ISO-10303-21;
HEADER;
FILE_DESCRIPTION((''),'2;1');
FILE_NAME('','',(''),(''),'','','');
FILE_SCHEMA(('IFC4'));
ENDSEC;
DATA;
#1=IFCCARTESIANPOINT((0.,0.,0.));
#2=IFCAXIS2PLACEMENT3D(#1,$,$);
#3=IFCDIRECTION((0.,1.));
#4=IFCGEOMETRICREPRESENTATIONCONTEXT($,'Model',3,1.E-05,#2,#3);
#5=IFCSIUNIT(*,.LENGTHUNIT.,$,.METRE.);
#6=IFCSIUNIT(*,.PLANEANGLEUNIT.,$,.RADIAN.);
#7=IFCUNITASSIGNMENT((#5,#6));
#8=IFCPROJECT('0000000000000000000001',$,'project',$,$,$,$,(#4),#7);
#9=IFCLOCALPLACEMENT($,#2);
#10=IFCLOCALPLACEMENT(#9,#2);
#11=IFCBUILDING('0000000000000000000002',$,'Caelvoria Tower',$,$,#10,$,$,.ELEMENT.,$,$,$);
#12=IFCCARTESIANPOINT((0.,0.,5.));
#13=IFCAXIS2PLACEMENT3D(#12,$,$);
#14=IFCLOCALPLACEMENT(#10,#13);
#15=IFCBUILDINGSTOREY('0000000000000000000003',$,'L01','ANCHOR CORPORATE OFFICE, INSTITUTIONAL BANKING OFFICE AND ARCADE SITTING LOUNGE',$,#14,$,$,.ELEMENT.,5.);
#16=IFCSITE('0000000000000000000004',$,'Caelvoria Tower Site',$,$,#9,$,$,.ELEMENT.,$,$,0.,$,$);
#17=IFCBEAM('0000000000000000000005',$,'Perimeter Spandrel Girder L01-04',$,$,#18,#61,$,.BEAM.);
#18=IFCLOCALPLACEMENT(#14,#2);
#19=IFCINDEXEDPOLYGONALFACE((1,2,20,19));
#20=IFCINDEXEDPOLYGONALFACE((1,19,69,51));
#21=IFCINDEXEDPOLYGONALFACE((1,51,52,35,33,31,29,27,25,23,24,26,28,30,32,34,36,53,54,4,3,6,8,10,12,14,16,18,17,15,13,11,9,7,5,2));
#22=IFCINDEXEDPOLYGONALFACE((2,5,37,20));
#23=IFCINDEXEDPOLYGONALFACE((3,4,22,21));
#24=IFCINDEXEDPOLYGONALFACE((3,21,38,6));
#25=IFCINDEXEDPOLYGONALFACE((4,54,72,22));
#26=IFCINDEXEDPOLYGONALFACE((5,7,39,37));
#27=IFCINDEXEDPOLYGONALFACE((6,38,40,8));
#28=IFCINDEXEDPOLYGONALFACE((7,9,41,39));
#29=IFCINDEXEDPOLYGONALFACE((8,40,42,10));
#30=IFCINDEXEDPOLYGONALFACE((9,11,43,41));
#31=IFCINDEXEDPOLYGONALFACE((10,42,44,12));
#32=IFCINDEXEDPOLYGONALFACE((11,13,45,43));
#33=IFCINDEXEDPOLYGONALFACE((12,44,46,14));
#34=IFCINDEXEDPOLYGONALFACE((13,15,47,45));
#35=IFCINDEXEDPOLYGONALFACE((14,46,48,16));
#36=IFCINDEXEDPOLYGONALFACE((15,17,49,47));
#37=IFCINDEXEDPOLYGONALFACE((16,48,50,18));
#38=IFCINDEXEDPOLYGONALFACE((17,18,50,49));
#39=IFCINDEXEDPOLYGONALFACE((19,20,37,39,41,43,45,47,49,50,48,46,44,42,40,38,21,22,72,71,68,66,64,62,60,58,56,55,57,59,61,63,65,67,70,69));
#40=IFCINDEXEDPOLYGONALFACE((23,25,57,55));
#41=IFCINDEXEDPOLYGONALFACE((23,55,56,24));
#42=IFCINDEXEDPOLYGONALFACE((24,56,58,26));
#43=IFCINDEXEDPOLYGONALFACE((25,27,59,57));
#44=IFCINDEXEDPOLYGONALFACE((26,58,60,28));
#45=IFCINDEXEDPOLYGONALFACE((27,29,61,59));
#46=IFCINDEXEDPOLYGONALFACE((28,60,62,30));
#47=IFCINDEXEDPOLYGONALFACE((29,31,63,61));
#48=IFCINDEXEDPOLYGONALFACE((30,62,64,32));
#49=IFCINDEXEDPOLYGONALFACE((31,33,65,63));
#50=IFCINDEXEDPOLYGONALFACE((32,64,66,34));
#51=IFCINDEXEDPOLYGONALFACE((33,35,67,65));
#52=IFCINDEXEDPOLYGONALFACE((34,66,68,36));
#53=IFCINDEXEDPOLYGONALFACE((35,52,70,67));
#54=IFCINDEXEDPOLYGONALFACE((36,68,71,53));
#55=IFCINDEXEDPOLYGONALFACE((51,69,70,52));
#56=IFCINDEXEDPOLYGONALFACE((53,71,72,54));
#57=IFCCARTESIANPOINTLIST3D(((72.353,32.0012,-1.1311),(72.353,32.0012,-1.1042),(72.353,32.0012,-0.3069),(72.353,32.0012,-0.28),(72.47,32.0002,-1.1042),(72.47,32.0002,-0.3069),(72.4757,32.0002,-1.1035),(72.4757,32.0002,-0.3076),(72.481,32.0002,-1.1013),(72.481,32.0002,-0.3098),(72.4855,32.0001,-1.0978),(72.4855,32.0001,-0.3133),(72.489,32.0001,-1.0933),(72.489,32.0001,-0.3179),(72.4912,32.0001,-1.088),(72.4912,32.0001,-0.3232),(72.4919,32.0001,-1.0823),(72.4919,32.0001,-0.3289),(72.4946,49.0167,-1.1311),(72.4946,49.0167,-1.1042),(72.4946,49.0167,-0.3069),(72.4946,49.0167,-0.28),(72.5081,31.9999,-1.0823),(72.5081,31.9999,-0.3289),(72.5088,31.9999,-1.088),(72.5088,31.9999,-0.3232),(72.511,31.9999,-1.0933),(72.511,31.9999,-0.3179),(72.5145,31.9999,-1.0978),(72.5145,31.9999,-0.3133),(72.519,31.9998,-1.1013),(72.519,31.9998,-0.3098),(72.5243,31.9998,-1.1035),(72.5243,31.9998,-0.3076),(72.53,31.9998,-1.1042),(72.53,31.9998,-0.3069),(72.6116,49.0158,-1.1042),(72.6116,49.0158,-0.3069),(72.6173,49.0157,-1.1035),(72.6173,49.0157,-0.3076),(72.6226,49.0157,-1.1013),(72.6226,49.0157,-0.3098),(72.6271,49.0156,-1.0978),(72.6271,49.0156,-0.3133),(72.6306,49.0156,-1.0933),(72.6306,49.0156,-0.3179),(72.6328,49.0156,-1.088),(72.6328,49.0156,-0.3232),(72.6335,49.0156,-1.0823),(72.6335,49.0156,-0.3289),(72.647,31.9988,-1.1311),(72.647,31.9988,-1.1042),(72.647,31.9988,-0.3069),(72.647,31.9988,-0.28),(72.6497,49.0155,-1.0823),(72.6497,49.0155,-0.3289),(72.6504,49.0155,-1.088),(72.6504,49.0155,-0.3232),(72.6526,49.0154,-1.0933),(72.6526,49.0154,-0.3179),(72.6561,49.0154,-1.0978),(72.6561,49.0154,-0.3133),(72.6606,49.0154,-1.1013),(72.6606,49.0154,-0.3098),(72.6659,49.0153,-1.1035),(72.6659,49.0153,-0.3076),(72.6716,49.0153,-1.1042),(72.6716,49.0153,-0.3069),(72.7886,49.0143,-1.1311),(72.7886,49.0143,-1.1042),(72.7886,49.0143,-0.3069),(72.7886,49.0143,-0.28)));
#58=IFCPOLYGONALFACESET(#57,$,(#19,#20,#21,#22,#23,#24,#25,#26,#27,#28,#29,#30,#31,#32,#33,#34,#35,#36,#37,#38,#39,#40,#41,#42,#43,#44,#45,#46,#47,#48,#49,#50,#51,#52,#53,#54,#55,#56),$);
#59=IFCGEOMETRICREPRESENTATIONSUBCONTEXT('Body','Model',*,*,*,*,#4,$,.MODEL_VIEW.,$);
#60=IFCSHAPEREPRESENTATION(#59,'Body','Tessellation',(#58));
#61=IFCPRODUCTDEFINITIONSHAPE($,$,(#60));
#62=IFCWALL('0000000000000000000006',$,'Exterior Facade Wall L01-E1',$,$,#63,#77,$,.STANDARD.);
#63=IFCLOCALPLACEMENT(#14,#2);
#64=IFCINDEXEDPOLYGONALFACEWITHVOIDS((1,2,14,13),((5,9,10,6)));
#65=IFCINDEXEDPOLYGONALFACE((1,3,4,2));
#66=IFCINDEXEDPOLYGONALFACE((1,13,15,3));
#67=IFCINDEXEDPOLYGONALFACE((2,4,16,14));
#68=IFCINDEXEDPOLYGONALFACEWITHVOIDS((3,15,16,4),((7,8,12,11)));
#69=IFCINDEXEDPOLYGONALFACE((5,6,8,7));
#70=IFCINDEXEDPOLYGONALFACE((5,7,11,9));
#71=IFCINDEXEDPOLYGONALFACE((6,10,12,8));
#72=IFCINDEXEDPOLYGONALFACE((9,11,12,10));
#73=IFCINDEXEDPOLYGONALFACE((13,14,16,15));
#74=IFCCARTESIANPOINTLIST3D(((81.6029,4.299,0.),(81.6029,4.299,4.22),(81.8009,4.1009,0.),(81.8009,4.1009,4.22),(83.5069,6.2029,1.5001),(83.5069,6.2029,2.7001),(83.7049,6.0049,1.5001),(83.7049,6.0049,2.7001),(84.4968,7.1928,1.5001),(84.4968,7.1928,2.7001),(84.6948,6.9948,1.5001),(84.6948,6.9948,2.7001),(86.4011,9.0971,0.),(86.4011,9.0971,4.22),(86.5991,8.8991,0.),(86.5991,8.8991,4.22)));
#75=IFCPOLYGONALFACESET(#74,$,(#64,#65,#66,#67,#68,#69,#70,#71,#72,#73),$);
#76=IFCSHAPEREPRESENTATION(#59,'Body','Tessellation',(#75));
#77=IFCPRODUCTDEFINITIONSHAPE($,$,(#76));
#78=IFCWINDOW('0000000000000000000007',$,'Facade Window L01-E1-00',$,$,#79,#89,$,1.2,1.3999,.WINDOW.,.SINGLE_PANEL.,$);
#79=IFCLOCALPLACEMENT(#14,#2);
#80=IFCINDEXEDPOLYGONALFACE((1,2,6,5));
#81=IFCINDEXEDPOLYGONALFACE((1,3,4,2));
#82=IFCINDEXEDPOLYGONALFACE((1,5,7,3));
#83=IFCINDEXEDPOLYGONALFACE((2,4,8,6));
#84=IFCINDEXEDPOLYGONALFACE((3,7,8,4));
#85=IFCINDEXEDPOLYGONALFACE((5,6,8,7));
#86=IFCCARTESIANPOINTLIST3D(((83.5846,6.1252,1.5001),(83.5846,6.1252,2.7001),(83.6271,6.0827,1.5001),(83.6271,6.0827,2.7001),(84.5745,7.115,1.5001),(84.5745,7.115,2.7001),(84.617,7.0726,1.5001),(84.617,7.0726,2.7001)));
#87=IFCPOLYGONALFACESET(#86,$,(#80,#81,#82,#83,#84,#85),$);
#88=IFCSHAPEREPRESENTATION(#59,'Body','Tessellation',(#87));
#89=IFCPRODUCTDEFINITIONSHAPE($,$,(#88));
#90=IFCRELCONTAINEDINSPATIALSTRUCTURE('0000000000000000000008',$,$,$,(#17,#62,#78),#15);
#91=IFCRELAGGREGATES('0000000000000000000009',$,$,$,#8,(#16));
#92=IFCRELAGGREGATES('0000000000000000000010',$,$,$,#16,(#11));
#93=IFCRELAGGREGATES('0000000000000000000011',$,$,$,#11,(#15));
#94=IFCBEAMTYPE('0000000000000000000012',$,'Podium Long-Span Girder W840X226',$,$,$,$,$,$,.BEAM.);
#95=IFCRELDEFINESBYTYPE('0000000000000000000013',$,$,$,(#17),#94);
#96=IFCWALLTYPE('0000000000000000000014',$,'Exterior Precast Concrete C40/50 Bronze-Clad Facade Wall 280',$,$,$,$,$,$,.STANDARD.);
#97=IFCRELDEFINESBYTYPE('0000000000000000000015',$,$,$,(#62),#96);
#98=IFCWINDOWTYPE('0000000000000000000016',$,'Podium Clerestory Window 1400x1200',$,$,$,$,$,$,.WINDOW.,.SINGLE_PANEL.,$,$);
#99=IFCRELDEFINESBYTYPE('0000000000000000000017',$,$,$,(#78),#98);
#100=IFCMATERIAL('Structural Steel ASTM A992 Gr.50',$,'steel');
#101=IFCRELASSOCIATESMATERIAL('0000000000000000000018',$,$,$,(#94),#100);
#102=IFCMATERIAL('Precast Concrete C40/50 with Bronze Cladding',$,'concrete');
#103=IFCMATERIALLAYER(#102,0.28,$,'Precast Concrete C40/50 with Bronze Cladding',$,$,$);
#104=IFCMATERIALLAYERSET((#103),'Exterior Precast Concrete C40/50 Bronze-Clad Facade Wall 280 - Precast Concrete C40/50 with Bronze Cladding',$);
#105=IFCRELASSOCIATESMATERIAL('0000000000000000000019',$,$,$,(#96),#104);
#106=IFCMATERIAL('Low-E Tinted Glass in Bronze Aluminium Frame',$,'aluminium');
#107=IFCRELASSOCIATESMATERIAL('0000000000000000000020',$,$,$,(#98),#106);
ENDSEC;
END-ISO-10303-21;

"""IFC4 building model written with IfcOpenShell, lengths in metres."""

from ifc_helpers import new_model, si_unit, direction, frame, frame_2d, origin, origin_2d, place, context, subcontext, project, spatial, rectangle, i_section, extrude, material, layer, layer_set, material_profile, profile_set, type_object, element, fill, save


model = new_model("IFC4")

# Units and contexts
model_context = context("Model", 3, precision=1e-05, world=origin(), true_north=direction((0.0, 1.0)))
body_context = subcontext(model_context, "Body", "Model", "MODEL_VIEW")
ifc_project = project(units=[si_unit("LENGTHUNIT", "METRE"), si_unit("PLANEANGLEUNIT", "RADIAN")], contexts=[model_context])

# Site, building, storey
site_placement = place(None, origin())
site = spatial("IfcSite", under=ifc_project, at=site_placement, Name="Caelvoria Tower Site", CompositionType="ELEMENT", RefElevation=0.0)
building_placement = place(site_placement, origin())
building = spatial("IfcBuilding", under=site, at=building_placement, Name="Caelvoria Tower", CompositionType="ELEMENT")
storey_placement = place(building_placement, frame((0.0, 0.0, 5.0)))
storey = spatial("IfcBuildingStorey", under=building, at=storey_placement, Name="L01", Description="ANCHOR CORPORATE OFFICE, INSTITUTIONAL BANKING OFFICE AND ARCADE SITTING LOUNGE", CompositionType="ELEMENT", Elevation=5.0)

# Beam
ifc_material_1 = material(Name="Structural Steel ASTM A992 Gr.50", Category="steel")
ifc_material_profile_1 = material_profile(ifc_material_1, i_section(OverallWidth=0.2939, OverallDepth=0.8511, WebThickness=0.0161, FlangeThickness=0.0269, FilletRadius=0.022, at=origin_2d()), Name="Structural Steel ASTM A992 Gr.50")
ifc_profile_set_1 = profile_set([ifc_material_profile_1], Name="W840X226 - Structural Steel ASTM A992 Gr.50")
beam_type = type_object("IfcBeamType", Name="Podium Long-Span Girder W840X226", PredefinedType="BEAM", material=ifc_profile_set_1)
for number, where, z_axis, x_axis, name in (
    (1, (72.5, 32.0, -0.7056), (0.008322, 0.999965, 0.0), (-0.999965, 0.008322, 0.0), "Perimeter Spandrel Girder L01-04"),
):
    element("IfcBeam", number, at=place(storey_placement, frame(where, z_axis=z_axis, x_axis=x_axis)), inside=storey, type_object=beam_type, Name=name, PredefinedType="BEAM", context=body_context, shape_type="SweptSolid", body=[
        extrude(i_section(OverallWidth=0.2939, OverallDepth=0.8511, WebThickness=0.0161, FlangeThickness=0.0269, FilletRadius=0.022, at=origin_2d()), origin(), (0.0, 0.0, 1.0), 17.0161),
    ])

# Wall, opening, window
ifc_material_2 = material(Name="Precast Concrete C40/50 with Bronze Cladding", Category="concrete")
ifc_layer = layer(ifc_material_2, 0.28, Name="Precast Concrete C40/50 with Bronze Cladding")
ifc_layer_set = layer_set([ifc_layer], Name="Exterior Precast Concrete C40/50 Bronze-Clad Facade Wall 280 - Precast Concrete C40/50 with Bronze Cladding")
wall_type = type_object("IfcWallType", Name="Exterior Precast Concrete C40/50 Bronze-Clad Facade Wall 280", PredefinedType="STANDARD", material=ifc_layer_set)
wall_1_placement = place(storey_placement, frame((81.7019, 4.2, 0.0), z_axis=(0.0, 0.0, 1.0), x_axis=(0.707107, 0.707107, 0.0)))
wall_1 = element("IfcWall", 2, at=wall_1_placement, inside=storey, type_object=wall_type, Name="Exterior Facade Wall L01-E1", PredefinedType="STANDARD", context=body_context, shape_type="SweptSolid", body=[
    extrude(rectangle(XDim=6.7856, YDim=0.28, at=frame_2d((3.3928, 0.0))), origin(), (0.0, 0.0, 1.0), 4.22),
])
opening_1_placement = place(wall_1_placement, frame((2.6926, 0.0, 1.5)))
opening_1 = element("IfcOpeningElement", 3, at=opening_1_placement, cuts=wall_1, PredefinedType="OPENING", context=body_context, shape_type="SweptSolid", body=[
    extrude(rectangle(XDim=1.3999, YDim=1.2, at=frame_2d((0.7, 0.6001))), frame((0.0, 0.1499, 0.0), z_axis=(0.0, -1.0, 0.0), x_axis=(1.0, 0.0, 0.0)), (0.0, 0.0, 1.0), 0.3),
])
ifc_material_3 = material(Name="Low-E Tinted Glass in Bronze Aluminium Frame", Category="aluminium")
window_type_1 = type_object("IfcWindowType", Name="Podium Clerestory Window 1400x1200", PartitioningType="SINGLE_PANEL", PredefinedType="WINDOW", material=ifc_material_3)
window_1_placement = place(opening_1_placement, origin())
window_1 = element("IfcWindow", 4, at=window_1_placement, inside=storey, type_object=window_type_1, Name="Facade Window L01-E1-00", OverallHeight=1.2, OverallWidth=1.3999, PartitioningType="SINGLE_PANEL", PredefinedType="WINDOW", context=body_context, shape_type="SweptSolid", body=[
    extrude(rectangle(XDim=1.3999, YDim=1.2, at=frame_2d((0.7, 0.6001))), frame((0.0, 0.03, 0.0), z_axis=(0.0, -1.0, 0.0), x_axis=(1.0, 0.0, 0.0)), (0.0, 0.0, 1.0), 0.0601),
])
fill(opening_1, window_1)

save(model, "model.ifc")
